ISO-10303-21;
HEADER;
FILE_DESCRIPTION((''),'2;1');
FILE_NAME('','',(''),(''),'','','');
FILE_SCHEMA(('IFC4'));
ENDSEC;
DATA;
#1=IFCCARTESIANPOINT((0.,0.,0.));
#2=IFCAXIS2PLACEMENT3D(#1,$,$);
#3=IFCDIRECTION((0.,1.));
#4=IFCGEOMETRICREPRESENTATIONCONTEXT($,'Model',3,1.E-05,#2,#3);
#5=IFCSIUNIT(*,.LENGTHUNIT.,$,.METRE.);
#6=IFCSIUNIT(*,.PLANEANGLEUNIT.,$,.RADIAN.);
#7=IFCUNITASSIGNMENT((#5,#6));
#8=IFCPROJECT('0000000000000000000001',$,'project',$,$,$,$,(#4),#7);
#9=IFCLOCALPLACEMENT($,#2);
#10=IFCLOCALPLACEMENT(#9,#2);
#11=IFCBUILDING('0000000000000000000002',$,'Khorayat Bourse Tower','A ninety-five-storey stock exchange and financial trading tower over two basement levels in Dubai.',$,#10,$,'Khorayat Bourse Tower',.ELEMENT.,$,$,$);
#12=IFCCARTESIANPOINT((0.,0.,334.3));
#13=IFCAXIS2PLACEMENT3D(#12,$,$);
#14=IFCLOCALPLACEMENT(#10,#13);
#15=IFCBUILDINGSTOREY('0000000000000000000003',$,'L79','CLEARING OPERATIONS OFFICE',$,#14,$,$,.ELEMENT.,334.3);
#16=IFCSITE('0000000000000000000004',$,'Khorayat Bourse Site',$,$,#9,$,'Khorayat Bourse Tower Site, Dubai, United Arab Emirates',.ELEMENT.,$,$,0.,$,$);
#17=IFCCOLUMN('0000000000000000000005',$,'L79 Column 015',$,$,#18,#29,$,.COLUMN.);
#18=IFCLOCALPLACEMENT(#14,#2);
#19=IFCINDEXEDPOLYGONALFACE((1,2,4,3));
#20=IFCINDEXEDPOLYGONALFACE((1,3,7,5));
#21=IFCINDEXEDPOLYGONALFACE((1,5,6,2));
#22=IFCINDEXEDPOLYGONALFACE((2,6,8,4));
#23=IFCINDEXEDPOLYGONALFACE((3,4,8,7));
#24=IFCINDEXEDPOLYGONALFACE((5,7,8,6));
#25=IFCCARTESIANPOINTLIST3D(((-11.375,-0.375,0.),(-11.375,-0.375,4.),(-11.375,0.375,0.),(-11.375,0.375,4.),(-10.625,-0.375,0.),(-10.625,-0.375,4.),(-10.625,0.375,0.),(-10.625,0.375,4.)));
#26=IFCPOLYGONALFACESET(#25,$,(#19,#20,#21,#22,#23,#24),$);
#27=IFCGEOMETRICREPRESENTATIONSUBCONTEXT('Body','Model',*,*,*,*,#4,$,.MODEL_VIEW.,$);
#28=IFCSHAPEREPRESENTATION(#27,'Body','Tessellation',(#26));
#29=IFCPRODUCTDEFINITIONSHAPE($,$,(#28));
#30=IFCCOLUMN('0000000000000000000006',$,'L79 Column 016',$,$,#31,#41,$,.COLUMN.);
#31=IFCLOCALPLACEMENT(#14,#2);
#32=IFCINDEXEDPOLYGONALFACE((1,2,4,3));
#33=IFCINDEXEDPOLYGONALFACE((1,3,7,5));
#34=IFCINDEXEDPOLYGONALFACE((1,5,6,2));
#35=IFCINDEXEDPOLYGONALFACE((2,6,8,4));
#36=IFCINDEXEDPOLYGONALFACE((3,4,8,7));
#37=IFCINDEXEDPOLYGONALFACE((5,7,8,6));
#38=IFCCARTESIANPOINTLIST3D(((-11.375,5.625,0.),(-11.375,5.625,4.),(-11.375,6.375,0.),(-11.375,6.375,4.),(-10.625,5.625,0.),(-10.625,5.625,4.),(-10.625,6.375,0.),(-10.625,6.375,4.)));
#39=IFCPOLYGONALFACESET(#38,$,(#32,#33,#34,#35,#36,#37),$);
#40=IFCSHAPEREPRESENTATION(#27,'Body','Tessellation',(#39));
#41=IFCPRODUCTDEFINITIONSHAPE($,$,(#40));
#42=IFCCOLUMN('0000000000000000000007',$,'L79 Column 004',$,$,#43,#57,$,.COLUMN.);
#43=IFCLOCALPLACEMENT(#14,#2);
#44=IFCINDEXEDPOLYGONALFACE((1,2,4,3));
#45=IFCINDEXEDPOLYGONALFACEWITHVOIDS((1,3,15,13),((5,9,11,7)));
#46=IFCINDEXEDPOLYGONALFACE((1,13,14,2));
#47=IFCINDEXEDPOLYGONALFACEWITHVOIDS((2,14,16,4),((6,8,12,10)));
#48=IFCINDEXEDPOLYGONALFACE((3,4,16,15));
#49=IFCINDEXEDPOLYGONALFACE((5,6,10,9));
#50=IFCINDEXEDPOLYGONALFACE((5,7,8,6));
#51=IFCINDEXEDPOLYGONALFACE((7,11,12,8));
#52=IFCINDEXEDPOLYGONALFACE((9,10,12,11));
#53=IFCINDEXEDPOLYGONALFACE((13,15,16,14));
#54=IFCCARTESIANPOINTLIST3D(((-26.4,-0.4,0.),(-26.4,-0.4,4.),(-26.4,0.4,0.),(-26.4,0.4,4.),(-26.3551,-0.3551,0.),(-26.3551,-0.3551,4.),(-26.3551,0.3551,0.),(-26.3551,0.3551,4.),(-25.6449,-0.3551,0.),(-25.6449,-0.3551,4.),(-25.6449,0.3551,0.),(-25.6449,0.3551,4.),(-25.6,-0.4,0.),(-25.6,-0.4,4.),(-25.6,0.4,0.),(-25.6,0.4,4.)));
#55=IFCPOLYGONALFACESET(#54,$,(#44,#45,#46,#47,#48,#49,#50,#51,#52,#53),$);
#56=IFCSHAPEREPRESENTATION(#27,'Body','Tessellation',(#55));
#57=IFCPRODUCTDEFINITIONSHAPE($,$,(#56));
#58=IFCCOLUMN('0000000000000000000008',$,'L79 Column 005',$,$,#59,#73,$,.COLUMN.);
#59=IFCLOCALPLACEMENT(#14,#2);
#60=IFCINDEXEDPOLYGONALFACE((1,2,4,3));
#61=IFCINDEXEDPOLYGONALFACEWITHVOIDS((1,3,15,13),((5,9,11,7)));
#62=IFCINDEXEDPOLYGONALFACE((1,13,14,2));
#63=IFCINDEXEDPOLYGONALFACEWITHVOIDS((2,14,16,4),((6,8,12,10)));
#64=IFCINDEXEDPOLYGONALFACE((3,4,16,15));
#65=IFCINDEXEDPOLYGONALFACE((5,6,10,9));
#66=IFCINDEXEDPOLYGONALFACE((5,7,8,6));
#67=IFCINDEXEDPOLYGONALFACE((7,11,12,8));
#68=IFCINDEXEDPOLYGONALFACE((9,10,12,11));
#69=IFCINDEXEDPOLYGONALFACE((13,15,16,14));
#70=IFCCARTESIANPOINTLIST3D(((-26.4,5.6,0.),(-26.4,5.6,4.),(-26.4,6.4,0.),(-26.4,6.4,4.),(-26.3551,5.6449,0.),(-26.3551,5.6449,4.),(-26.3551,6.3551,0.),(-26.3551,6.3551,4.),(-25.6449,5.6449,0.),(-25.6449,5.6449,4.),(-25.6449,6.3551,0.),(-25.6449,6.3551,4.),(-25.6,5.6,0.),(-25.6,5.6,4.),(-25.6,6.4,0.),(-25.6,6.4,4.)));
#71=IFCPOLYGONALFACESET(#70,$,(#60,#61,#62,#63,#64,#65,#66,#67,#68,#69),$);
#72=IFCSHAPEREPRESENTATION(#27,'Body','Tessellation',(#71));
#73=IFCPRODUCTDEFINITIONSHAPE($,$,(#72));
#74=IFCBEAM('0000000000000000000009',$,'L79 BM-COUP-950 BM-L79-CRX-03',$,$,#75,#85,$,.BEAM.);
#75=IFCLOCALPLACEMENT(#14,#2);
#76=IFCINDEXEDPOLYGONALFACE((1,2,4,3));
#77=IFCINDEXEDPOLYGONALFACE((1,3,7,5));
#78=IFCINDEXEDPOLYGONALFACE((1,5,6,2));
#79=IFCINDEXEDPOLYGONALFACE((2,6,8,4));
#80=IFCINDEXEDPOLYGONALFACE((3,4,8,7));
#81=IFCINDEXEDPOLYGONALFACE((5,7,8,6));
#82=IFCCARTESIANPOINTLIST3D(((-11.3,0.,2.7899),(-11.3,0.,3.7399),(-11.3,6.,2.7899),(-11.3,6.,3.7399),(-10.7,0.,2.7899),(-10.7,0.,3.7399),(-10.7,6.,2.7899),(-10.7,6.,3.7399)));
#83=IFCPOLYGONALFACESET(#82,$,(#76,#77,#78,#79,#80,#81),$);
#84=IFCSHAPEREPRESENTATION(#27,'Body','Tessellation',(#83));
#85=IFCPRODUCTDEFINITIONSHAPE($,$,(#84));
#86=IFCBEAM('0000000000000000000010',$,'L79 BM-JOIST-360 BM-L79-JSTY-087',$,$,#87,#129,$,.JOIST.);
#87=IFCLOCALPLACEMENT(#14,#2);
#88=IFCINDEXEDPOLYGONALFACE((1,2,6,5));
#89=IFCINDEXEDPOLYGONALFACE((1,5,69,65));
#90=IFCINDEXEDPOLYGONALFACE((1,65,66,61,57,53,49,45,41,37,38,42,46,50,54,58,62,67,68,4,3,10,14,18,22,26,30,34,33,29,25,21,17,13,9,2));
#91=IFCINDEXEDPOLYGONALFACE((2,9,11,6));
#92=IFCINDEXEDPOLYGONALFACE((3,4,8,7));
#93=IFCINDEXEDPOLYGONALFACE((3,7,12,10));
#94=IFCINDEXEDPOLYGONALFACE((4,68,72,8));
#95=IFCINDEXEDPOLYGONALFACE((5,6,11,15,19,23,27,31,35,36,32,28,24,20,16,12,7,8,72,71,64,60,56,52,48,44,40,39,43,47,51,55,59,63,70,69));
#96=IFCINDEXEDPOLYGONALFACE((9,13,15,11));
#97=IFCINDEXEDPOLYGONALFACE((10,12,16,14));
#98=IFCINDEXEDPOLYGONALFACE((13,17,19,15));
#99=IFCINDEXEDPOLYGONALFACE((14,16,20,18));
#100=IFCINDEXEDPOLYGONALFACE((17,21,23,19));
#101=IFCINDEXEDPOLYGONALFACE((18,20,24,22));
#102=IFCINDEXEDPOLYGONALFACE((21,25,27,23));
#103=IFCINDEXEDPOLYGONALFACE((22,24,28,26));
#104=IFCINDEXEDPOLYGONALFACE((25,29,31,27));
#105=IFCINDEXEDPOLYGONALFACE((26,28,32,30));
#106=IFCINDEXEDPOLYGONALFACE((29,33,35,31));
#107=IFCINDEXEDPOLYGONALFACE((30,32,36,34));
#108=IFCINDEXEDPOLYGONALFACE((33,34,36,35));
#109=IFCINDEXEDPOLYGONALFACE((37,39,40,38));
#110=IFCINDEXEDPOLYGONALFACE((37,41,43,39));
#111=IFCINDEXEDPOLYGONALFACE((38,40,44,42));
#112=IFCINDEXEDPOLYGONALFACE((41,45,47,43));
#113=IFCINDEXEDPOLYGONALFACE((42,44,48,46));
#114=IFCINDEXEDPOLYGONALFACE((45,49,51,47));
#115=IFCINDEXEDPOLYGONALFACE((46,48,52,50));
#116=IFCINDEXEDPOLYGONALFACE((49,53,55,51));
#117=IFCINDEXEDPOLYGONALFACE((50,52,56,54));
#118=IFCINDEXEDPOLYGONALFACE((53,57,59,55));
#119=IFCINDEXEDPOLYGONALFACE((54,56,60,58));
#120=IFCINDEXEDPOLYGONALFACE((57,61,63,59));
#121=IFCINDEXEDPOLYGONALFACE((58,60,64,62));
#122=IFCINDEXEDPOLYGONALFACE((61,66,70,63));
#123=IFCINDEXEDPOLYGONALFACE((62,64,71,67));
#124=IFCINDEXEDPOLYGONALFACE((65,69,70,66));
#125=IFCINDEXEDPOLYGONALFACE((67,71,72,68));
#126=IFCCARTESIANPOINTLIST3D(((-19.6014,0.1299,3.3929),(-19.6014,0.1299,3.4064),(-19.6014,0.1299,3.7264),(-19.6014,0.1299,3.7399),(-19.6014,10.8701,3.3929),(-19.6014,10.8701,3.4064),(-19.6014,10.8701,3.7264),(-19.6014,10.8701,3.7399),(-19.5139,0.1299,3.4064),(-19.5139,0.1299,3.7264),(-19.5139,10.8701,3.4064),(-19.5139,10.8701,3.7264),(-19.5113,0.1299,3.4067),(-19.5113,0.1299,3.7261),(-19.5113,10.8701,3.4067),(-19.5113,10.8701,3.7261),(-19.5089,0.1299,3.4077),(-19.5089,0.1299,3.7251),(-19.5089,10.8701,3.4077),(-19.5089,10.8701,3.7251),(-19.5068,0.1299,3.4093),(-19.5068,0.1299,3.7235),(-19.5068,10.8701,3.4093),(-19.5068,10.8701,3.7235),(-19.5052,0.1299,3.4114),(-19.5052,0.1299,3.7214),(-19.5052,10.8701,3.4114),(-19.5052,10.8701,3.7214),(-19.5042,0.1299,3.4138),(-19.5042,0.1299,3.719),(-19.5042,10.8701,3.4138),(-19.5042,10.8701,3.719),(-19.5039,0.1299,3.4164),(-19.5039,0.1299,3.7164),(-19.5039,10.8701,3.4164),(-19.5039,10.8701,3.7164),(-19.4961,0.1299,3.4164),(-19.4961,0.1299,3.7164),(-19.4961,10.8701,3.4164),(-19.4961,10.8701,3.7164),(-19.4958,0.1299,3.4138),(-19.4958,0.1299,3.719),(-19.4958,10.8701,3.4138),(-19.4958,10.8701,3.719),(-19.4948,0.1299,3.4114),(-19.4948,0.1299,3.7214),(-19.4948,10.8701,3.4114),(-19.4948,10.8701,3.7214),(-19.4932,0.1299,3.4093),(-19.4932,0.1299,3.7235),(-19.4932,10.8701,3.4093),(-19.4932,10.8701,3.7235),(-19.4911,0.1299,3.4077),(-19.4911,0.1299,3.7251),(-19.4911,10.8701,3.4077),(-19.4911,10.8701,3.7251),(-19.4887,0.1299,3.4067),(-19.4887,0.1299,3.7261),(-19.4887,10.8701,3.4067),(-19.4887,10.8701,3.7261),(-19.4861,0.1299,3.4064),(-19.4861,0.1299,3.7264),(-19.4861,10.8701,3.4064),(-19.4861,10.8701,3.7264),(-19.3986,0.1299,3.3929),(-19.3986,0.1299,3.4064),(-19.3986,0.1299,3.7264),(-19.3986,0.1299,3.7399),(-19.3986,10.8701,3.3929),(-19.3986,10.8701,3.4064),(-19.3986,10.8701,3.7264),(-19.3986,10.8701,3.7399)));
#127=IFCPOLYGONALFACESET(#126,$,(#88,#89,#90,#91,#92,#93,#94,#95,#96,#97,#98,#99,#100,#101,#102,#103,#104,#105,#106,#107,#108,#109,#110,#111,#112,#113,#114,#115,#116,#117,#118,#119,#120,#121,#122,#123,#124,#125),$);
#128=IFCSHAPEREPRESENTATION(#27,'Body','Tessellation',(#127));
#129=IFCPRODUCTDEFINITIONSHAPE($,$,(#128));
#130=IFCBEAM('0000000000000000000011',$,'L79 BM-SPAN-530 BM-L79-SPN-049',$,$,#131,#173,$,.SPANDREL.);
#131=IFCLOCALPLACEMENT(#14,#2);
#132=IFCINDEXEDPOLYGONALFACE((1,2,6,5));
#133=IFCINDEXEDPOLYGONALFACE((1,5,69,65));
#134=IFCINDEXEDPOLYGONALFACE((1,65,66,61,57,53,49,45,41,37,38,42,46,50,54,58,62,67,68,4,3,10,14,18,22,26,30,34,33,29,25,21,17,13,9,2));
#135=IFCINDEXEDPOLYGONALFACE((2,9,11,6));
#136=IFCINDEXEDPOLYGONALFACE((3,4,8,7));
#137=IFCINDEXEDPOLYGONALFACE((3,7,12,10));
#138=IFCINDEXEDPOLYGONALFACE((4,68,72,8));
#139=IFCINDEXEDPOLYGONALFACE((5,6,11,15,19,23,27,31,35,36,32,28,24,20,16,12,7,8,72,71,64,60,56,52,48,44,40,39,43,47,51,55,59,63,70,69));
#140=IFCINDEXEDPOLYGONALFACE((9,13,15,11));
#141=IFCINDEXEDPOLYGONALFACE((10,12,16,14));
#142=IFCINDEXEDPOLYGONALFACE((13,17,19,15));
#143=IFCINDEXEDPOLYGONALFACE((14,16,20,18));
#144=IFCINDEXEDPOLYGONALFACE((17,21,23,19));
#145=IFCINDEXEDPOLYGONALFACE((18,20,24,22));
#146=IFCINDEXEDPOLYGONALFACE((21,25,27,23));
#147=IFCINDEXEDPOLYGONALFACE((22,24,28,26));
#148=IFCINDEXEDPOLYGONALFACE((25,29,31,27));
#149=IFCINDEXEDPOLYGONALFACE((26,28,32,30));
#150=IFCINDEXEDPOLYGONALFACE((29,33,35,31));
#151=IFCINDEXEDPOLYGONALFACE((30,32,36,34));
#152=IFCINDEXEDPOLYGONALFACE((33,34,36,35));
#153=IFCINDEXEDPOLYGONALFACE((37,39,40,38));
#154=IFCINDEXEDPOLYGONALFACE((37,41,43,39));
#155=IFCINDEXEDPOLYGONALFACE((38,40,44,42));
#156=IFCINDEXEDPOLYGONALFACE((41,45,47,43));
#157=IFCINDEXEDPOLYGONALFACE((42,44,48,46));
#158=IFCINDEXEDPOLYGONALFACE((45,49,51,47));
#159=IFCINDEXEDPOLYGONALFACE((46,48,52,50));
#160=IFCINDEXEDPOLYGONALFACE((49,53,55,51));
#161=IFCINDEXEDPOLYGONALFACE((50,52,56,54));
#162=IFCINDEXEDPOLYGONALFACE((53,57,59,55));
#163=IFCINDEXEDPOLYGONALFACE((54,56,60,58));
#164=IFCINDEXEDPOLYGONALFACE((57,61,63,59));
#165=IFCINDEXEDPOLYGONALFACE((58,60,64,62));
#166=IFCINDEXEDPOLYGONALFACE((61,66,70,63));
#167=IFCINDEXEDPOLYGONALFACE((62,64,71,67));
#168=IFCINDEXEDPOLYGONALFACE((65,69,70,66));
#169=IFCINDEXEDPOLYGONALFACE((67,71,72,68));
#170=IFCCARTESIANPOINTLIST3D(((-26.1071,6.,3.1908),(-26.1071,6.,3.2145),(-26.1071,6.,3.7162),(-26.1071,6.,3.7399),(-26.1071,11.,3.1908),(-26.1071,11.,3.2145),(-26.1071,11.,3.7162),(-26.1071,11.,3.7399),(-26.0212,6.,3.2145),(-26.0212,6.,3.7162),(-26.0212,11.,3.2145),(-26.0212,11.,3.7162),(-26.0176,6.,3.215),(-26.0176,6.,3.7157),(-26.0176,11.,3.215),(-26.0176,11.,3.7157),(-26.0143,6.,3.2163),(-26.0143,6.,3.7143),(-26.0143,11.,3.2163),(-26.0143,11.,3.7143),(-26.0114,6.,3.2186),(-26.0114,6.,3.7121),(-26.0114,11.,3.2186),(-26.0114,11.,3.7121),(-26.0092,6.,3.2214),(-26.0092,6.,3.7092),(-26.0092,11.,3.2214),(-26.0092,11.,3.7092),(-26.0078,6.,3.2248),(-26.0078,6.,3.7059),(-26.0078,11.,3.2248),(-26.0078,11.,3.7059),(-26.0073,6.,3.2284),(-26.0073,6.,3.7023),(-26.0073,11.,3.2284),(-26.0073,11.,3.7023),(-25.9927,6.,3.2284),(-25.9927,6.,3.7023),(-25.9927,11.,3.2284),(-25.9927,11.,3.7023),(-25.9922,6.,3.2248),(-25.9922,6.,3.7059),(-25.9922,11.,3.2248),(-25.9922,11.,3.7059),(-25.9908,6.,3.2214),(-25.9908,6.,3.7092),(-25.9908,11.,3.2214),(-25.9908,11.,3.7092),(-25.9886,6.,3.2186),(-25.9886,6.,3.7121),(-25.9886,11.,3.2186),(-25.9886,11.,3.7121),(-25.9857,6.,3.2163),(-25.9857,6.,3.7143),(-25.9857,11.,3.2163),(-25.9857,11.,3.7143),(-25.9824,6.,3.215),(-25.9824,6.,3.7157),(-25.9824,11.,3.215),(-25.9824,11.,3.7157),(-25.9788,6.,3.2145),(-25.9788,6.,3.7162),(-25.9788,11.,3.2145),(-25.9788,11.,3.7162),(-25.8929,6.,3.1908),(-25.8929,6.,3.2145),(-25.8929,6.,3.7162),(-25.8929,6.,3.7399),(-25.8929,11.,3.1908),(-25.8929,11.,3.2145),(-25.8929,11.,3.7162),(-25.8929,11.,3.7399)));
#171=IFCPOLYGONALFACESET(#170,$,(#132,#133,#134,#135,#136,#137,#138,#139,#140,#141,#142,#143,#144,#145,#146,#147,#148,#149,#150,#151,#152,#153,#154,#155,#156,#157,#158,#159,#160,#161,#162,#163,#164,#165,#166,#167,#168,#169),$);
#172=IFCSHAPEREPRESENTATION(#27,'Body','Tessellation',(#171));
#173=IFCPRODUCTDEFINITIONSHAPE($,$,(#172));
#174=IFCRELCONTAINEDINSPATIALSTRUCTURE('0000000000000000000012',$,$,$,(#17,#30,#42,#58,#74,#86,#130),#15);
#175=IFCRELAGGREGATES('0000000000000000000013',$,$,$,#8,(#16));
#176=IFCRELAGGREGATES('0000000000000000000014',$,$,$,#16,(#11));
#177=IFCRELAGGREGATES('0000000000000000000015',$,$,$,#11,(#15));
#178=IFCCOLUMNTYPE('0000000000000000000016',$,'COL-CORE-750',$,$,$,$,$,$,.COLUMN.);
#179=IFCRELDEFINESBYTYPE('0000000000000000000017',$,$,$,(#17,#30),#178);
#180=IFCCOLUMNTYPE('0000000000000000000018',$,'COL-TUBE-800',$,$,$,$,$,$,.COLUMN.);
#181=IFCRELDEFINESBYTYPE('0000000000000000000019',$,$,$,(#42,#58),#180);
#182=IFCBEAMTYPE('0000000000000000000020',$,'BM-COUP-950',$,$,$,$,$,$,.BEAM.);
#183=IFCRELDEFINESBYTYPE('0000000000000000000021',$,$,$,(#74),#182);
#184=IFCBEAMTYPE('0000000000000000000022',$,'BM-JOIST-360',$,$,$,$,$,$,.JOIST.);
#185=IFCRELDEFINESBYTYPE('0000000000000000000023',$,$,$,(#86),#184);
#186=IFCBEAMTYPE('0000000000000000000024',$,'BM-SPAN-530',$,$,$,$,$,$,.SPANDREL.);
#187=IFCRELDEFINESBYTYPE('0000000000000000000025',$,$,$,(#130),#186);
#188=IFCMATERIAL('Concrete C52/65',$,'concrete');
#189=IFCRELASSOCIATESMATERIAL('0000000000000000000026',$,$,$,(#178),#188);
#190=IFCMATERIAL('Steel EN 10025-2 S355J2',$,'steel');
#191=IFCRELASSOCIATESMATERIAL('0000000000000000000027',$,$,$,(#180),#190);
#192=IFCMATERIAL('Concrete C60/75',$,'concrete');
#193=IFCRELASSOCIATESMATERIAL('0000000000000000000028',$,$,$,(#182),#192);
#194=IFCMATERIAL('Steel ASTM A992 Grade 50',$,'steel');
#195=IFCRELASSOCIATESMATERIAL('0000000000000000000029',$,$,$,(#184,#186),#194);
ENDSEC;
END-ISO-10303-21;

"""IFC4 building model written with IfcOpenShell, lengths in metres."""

from ifc_helpers import new_model, si_unit, direction, frame, origin, origin_2d, place, context, subcontext, project, spatial, rectangle, hollow_rectangle, i_section, extrude, source, transform, mapped, material, material_profile, profile_set, type_object, element, save


model = new_model("IFC4")

# Units and contexts
model_context = context("Model", 3, precision=1e-05, world=origin(), true_north=direction((0.0, 1.0)))
body_context = subcontext(model_context, "Body", "Model", "MODEL_VIEW")
ifc_project = project(units=[si_unit("LENGTHUNIT", "METRE"), si_unit("PLANEANGLEUNIT", "RADIAN")], contexts=[model_context])

# Site, building, storey
site_placement = place(None, origin())
site = spatial("IfcSite", under=ifc_project, at=site_placement, Name="Khorayat Bourse Site", LongName="Khorayat Bourse Tower Site, Dubai, United Arab Emirates", CompositionType="ELEMENT", RefElevation=0.0)
building_placement = place(site_placement, origin())
building = spatial("IfcBuilding", under=site, at=building_placement, Name="Khorayat Bourse Tower", Description="A ninety-five-storey stock exchange and financial trading tower over two basement levels in Dubai.", LongName="Khorayat Bourse Tower", CompositionType="ELEMENT")
storey_placement = place(building_placement, frame((0.0, 0.0, 334.3)))
storey = spatial("IfcBuildingStorey", under=building, at=storey_placement, Name="L79", Description="CLEARING OPERATIONS OFFICE", CompositionType="ELEMENT", Elevation=334.3)

# Columns
ifc_material_1 = material(Name="Concrete C52/65", Category="concrete")
ifc_material_profile_1 = material_profile(ifc_material_1, rectangle(XDim=0.75, YDim=0.75, at=origin_2d()), Name="RC 750x750")
ifc_profile_set_1 = profile_set([ifc_material_profile_1], Name="Concrete C52/65")
column_type_1 = type_object("IfcColumnType", Name="COL-CORE-750", PredefinedType="COLUMN", material=ifc_profile_set_1)
shared_shape_1 = source(origin(), body_context, "Body", "SweptSolid", [
    extrude(rectangle(XDim=0.75, YDim=0.75, at=origin_2d()), origin(), (0.0, 0.0, 1.0), 4.0),
])
for number, where, z_axis, x_axis, name in (
    (1, (-11.0, 0.0, 0.0), (0.0, 0.0, 1.0), (1.0, 0.0, 0.0), "L79 Column 015"),
    (2, (-11.0, 6.0, 0.0), (0.0, 0.0, 1.0), (1.0, 0.0, 0.0), "L79 Column 016"),
):
    element("IfcColumn", number, at=place(storey_placement, frame(where, z_axis=z_axis, x_axis=x_axis)), inside=storey, type_object=column_type_1, Name=name, PredefinedType="COLUMN", context=body_context, shape_type="MappedRepresentation", body=[
        mapped(shared_shape_1, transform((0.0, 0.0, 0.0), scale=1.0)),
    ])
ifc_material_2 = material(Name="Steel EN 10025-2 S355J2", Category="steel")
ifc_material_profile_2 = material_profile(ifc_material_2, hollow_rectangle(XDim=0.8, YDim=0.8, WallThickness=0.0449, at=origin_2d()), Name="BOX 800x800x45")
ifc_profile_set_2 = profile_set([ifc_material_profile_2], Name="Steel EN 10025-2 S355J2")
column_type_2 = type_object("IfcColumnType", Name="COL-TUBE-800", PredefinedType="COLUMN", material=ifc_profile_set_2)
shared_shape_2 = source(origin(), body_context, "Body", "SweptSolid", [
    extrude(hollow_rectangle(XDim=0.8, YDim=0.8, WallThickness=0.0449, at=origin_2d()), origin(), (0.0, 0.0, 1.0), 4.0),
])
for number, where, z_axis, x_axis, name in (
    (3, (-26.0, 0.0, 0.0), (0.0, 0.0, 1.0), (1.0, 0.0, 0.0), "L79 Column 004"),
    (4, (-26.0, 6.0, 0.0), (0.0, 0.0, 1.0), (1.0, 0.0, 0.0), "L79 Column 005"),
):
    element("IfcColumn", number, at=place(storey_placement, frame(where, z_axis=z_axis, x_axis=x_axis)), inside=storey, type_object=column_type_2, Name=name, PredefinedType="COLUMN", context=body_context, shape_type="MappedRepresentation", body=[
        mapped(shared_shape_2, transform((0.0, 0.0, 0.0), scale=1.0)),
    ])

# Beams
ifc_material_3 = material(Name="Concrete C60/75", Category="concrete")
ifc_material_profile_3 = material_profile(ifc_material_3, rectangle(XDim=0.6001, YDim=0.95, at=origin_2d()), Name="RC 600x950")
ifc_profile_set_3 = profile_set([ifc_material_profile_3], Name="Concrete C60/75")
beam_type_1 = type_object("IfcBeamType", Name="BM-COUP-950", PredefinedType="BEAM", material=ifc_profile_set_3)
shared_shape_3 = source(origin(), body_context, "Body", "SweptSolid", [
    extrude(rectangle(XDim=0.6001, YDim=0.95, at=origin_2d()), origin(), (0.0, 0.0, 1.0), 6.0),
])
beam_1_placement = place(storey_placement, frame((-11.0, 0.0, 3.2649), z_axis=(0.0, 1.0, 0.0), x_axis=(-1.0, 0.0, 0.0)))
element("IfcBeam", 5, at=beam_1_placement, inside=storey, type_object=beam_type_1, Name="L79 BM-COUP-950 BM-L79-CRX-03", PredefinedType="BEAM", context=body_context, shape_type="MappedRepresentation", body=[
    mapped(shared_shape_3, transform((0.0, 0.0, 0.0), scale=1.0)),
])
ifc_material_4 = material(Name="Steel ASTM A992 Grade 50", Category="steel")
ifc_material_profile_4 = material_profile(ifc_material_4, i_section(OverallWidth=0.2029, OverallDepth=0.3469, WebThickness=0.0078, FlangeThickness=0.0134, FilletRadius=0.01, at=origin_2d()), Name="W360X64")
ifc_profile_set_4 = profile_set([ifc_material_profile_4], Name="Steel ASTM A992 Grade 50")
beam_type_2 = type_object("IfcBeamType", Name="BM-JOIST-360", PredefinedType="JOIST", material=ifc_profile_set_4)
shared_shape_4 = source(origin(), body_context, "Body", "SweptSolid", [
    extrude(i_section(OverallWidth=0.2029, OverallDepth=0.3469, WebThickness=0.0078, FlangeThickness=0.0134, FilletRadius=0.01, at=origin_2d()), origin(), (0.0, 0.0, 1.0), 10.7402),
])
beam_2_placement = place(storey_placement, frame((-19.5, 0.1299, 3.5664), z_axis=(0.0, 1.0, 0.0), x_axis=(-1.0, 0.0, 0.0)))
element("IfcBeam", 6, at=beam_2_placement, inside=storey, type_object=beam_type_2, Name="L79 BM-JOIST-360 BM-L79-JSTY-087", PredefinedType="JOIST", context=body_context, shape_type="MappedRepresentation", body=[
    mapped(shared_shape_4, transform((0.0, 0.0, 0.0), scale=1.0)),
])
ifc_material_profile_5 = material_profile(ifc_material_4, i_section(OverallWidth=0.2141, OverallDepth=0.5491, WebThickness=0.0146, FlangeThickness=0.0237, FilletRadius=0.0139, at=origin_2d()), Name="W530X138")
ifc_profile_set_5 = profile_set([ifc_material_profile_5], Name="Steel ASTM A992 Grade 50")
beam_type_3 = type_object("IfcBeamType", Name="BM-SPAN-530", PredefinedType="SPANDREL", material=ifc_profile_set_5)
shared_shape_5 = source(origin(), body_context, "Body", "SweptSolid", [
    extrude(i_section(OverallWidth=0.2141, OverallDepth=0.5491, WebThickness=0.0146, FlangeThickness=0.0237, FilletRadius=0.0139, at=origin_2d()), origin(), (0.0, 0.0, 1.0), 5.0),
])
beam_3_placement = place(storey_placement, frame((-26.0, 6.0, 3.4653), z_axis=(0.0, 1.0, 0.0), x_axis=(-1.0, 0.0, 0.0)))
element("IfcBeam", 7, at=beam_3_placement, inside=storey, type_object=beam_type_3, Name="L79 BM-SPAN-530 BM-L79-SPN-049", PredefinedType="SPANDREL", context=body_context, shape_type="MappedRepresentation", body=[
    mapped(shared_shape_5, transform((0.0, 0.0, 0.0), scale=1.0)),
])

save(model, "model.ifc")
